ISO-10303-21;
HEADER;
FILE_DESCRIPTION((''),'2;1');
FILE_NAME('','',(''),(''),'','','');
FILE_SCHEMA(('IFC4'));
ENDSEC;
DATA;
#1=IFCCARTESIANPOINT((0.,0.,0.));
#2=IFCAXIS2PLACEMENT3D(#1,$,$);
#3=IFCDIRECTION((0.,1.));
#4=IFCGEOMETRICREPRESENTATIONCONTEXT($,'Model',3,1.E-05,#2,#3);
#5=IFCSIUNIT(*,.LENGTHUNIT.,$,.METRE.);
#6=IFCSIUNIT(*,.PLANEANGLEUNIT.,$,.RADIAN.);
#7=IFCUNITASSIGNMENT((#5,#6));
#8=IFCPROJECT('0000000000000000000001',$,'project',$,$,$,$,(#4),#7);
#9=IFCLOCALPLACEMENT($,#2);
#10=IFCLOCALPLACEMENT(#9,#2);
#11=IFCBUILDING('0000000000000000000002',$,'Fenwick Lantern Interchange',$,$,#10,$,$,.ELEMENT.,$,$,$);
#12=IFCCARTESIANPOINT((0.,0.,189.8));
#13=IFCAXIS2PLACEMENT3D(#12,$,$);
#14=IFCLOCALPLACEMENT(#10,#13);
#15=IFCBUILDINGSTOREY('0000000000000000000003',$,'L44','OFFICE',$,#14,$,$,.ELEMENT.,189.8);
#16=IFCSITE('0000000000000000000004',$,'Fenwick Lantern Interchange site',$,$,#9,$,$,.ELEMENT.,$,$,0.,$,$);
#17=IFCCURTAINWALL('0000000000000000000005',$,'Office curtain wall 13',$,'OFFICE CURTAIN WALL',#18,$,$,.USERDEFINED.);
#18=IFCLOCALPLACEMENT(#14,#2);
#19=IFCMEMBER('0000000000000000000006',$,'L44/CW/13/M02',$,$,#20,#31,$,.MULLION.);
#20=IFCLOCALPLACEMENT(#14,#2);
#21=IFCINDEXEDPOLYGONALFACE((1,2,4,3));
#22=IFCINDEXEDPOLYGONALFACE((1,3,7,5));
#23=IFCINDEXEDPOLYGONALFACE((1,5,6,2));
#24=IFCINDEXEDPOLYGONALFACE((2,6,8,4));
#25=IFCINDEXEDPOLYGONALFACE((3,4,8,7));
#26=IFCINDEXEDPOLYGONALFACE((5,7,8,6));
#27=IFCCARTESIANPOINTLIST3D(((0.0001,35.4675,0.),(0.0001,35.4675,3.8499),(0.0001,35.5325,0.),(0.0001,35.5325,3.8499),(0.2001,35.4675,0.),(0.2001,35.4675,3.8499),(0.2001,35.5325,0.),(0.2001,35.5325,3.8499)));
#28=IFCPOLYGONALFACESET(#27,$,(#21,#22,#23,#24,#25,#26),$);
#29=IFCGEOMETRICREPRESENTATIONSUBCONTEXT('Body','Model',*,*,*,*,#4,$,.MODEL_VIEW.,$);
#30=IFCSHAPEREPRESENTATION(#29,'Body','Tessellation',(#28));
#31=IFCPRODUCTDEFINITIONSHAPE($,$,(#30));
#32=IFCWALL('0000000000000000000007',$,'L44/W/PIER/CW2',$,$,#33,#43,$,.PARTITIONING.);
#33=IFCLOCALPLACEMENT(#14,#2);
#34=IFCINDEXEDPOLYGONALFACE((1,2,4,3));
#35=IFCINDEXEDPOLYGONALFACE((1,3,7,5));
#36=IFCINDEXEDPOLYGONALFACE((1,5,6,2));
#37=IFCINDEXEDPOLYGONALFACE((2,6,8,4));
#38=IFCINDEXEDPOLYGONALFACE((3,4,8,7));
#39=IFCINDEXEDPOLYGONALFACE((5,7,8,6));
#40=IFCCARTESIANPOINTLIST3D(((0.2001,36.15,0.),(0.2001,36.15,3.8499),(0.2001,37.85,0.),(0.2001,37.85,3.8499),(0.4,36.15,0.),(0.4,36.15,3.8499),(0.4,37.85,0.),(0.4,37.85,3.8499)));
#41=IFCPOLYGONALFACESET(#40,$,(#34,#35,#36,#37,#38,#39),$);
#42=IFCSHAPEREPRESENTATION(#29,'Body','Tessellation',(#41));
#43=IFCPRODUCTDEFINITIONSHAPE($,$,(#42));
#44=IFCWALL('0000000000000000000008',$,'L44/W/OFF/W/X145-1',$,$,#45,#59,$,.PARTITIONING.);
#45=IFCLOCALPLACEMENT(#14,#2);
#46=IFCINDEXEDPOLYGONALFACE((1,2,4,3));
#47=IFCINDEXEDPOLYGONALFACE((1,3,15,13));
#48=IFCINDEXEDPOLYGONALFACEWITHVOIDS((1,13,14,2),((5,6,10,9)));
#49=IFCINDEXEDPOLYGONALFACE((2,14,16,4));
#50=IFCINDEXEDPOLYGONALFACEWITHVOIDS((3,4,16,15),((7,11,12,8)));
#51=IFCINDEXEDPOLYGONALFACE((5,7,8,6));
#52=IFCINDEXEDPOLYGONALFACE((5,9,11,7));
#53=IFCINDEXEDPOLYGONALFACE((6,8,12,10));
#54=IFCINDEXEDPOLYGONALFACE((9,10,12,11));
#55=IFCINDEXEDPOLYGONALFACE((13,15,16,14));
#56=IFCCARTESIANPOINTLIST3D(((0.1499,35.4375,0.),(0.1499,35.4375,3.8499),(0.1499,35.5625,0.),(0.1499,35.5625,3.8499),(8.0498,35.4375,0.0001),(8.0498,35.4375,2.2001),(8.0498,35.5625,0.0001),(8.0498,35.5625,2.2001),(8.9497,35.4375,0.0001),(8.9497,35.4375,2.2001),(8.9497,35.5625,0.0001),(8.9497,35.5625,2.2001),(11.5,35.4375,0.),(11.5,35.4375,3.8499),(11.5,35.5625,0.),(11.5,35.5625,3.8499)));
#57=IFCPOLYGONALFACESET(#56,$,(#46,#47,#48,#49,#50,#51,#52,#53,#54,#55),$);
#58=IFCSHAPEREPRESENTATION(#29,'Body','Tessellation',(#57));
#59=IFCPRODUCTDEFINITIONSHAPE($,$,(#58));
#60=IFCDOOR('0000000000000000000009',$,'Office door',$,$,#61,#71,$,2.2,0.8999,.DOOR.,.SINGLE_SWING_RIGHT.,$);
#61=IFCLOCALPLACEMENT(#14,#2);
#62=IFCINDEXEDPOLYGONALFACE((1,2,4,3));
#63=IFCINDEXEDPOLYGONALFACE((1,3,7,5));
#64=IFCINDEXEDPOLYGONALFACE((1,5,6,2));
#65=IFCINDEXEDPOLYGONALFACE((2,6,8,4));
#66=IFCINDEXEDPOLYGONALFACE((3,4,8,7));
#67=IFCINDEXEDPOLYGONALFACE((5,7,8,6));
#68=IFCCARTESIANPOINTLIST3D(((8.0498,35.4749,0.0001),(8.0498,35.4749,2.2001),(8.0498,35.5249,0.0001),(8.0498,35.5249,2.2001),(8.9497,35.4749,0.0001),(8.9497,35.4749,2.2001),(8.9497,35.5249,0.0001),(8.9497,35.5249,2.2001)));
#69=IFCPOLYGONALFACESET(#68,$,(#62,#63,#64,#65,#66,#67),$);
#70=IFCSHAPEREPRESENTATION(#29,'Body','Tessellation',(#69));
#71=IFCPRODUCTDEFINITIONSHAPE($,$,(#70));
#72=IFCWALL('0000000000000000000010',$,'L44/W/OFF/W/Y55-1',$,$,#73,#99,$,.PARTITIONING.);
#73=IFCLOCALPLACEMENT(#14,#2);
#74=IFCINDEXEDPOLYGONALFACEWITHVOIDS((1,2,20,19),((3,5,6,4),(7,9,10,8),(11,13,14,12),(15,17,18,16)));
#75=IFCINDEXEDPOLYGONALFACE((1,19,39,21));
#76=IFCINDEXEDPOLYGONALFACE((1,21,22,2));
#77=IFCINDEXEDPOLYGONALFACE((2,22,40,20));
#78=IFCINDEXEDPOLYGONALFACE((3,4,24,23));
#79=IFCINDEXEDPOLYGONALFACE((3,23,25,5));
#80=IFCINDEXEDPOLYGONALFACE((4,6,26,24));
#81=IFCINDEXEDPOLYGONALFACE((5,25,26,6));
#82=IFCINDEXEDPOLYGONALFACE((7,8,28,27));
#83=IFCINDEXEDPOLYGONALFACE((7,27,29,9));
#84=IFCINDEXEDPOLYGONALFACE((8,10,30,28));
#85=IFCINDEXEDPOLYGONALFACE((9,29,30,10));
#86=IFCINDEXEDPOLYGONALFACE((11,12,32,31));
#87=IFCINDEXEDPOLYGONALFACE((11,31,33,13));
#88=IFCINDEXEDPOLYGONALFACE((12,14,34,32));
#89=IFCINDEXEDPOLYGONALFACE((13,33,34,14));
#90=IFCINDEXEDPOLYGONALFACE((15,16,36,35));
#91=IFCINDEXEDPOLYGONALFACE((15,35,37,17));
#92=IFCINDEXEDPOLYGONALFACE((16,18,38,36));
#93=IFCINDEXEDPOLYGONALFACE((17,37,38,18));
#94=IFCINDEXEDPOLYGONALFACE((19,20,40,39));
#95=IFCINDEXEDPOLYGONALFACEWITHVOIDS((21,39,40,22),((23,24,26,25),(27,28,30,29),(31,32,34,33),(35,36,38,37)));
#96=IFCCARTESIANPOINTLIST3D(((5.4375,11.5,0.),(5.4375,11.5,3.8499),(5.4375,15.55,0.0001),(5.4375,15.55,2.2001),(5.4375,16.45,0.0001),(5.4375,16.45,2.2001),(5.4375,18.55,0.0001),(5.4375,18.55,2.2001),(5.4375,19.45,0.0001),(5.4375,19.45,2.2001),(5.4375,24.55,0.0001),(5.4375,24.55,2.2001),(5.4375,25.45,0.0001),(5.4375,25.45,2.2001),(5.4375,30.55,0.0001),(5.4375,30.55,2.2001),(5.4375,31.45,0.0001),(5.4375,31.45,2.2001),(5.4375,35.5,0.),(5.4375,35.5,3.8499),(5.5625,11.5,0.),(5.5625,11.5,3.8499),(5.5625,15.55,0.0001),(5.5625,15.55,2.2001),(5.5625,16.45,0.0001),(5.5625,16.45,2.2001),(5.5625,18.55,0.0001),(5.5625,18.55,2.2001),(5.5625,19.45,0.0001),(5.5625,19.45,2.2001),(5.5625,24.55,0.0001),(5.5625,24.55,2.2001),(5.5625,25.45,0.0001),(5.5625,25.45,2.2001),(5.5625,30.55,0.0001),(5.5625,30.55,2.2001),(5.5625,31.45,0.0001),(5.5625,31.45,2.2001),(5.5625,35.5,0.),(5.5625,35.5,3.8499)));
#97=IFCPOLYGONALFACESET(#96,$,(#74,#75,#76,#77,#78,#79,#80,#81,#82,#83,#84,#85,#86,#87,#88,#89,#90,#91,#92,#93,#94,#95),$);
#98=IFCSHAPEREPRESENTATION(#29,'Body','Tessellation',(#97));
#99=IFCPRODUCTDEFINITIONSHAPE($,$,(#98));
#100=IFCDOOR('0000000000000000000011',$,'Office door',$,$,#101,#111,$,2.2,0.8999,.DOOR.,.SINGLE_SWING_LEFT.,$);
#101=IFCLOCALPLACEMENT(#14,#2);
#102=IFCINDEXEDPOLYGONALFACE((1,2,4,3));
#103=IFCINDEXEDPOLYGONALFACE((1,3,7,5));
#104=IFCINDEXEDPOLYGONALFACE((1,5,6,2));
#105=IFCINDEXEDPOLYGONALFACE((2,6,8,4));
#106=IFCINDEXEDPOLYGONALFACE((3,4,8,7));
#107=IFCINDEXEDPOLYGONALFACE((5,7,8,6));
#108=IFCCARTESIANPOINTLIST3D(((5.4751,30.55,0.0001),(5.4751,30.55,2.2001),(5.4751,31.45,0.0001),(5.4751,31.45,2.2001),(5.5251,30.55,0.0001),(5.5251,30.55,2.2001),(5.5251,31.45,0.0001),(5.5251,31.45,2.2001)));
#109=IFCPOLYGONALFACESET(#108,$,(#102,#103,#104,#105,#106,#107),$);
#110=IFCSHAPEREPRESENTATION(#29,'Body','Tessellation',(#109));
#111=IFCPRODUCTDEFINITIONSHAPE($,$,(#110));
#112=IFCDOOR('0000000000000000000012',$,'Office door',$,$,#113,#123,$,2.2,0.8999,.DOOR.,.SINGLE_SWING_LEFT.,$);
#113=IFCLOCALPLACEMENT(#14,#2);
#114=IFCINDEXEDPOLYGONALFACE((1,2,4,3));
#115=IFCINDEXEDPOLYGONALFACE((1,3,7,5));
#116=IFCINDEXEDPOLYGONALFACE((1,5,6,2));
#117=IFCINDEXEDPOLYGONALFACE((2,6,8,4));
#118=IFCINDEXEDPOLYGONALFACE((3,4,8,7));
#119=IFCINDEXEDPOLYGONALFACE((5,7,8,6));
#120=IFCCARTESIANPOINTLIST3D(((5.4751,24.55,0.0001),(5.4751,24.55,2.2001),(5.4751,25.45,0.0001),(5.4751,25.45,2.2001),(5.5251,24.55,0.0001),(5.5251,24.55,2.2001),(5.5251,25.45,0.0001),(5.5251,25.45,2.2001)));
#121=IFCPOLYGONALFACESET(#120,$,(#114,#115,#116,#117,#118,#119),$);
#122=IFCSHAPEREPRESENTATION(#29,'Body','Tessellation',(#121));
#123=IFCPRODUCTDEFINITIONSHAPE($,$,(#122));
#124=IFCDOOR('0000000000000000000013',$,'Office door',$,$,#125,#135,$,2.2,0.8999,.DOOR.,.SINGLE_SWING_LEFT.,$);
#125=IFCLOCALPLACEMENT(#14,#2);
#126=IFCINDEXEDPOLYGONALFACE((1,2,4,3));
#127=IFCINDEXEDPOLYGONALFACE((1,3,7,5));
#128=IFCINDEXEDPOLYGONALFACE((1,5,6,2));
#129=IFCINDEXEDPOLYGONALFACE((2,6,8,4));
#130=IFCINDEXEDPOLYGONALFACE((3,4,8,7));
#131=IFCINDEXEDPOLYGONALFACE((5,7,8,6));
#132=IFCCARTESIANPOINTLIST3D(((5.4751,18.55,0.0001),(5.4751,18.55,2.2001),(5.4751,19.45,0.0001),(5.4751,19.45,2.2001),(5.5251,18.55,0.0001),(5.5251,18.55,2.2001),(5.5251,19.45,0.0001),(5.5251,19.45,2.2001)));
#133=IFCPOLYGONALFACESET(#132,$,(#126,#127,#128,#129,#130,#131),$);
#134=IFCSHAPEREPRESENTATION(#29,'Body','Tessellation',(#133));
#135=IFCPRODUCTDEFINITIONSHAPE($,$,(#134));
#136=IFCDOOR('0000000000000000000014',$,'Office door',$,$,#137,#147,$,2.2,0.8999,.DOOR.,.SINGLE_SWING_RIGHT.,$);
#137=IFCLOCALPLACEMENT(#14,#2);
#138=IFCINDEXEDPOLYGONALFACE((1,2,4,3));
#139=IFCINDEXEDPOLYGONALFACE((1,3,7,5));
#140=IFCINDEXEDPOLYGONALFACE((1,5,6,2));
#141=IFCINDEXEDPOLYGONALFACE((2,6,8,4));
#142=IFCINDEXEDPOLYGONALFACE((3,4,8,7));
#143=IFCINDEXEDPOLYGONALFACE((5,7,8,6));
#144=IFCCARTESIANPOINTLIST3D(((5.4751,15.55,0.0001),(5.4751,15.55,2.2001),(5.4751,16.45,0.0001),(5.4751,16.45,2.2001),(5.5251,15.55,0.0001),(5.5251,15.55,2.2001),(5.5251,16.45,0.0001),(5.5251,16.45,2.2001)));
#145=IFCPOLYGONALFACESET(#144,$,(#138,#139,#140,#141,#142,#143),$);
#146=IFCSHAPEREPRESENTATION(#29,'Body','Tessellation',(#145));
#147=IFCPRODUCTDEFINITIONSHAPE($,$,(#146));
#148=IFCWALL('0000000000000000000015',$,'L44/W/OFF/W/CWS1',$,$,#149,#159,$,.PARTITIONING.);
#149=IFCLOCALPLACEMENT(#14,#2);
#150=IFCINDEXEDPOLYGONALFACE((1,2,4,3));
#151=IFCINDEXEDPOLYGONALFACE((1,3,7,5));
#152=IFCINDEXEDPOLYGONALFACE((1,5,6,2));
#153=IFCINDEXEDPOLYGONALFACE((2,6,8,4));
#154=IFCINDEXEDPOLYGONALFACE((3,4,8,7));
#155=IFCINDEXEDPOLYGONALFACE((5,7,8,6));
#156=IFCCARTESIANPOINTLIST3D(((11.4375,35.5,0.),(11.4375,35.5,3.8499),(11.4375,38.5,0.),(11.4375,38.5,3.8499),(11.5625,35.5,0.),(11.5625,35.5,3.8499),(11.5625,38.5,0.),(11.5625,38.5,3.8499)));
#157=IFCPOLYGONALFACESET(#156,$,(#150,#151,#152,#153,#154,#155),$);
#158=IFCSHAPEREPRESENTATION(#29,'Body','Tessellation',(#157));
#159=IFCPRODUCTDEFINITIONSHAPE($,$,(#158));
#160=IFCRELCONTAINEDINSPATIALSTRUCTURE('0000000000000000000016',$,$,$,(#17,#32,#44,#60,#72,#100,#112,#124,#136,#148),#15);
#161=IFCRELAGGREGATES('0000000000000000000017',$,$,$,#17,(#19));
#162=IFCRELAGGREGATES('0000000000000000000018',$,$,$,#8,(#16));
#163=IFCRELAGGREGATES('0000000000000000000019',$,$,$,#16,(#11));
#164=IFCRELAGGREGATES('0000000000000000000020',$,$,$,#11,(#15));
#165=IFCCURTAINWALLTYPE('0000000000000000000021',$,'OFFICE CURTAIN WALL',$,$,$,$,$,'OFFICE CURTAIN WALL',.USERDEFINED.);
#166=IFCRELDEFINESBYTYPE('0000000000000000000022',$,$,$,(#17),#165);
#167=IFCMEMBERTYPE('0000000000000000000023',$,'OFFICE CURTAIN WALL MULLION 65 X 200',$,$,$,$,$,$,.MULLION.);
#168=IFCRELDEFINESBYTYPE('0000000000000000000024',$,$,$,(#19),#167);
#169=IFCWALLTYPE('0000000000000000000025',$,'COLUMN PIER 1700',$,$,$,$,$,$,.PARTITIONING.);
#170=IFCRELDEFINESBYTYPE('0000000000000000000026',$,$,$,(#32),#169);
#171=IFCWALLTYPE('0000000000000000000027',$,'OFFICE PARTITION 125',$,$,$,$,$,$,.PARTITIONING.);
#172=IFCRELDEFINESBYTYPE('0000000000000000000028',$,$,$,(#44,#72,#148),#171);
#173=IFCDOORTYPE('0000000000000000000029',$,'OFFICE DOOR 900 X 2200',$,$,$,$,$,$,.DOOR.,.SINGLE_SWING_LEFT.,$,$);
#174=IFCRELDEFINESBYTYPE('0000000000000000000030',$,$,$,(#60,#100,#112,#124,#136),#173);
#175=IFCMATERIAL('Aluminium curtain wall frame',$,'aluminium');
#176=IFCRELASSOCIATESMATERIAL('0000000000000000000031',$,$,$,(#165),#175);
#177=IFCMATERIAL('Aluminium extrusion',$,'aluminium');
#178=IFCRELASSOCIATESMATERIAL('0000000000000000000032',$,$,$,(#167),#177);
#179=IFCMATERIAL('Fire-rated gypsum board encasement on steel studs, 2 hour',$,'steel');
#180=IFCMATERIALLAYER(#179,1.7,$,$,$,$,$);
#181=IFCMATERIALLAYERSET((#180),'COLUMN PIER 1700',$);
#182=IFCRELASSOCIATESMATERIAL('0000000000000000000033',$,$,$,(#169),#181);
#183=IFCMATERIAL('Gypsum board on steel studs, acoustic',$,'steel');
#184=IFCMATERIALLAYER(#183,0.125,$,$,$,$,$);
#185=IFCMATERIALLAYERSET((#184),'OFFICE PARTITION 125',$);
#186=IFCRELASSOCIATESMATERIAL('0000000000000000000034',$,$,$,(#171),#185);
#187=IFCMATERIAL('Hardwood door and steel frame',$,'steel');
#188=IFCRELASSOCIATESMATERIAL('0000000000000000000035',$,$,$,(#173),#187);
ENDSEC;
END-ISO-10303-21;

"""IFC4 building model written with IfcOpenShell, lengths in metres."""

from ifc_helpers import new_model, si_unit, direction, frame, frame_2d, origin, origin_2d, place, context, subcontext, project, spatial, rectangle, extrude, material, layer, layer_set, material_profile, profile_set, type_object, element, fill, aggregate, save


model = new_model("IFC4")

# Units and contexts
model_context = context("Model", 3, precision=1e-05, world=origin(), true_north=direction((0.0, 1.0)))
body_context = subcontext(model_context, "Body", "Model", "MODEL_VIEW")
ifc_project = project(units=[si_unit("LENGTHUNIT", "METRE"), si_unit("PLANEANGLEUNIT", "RADIAN")], contexts=[model_context])

# Site, building, storey
site_placement = place(None, origin())
site = spatial("IfcSite", under=ifc_project, at=site_placement, Name="Fenwick Lantern Interchange site", CompositionType="ELEMENT", RefElevation=0.0)
building_placement = place(site_placement, origin())
building = spatial("IfcBuilding", under=site, at=building_placement, Name="Fenwick Lantern Interchange", CompositionType="ELEMENT")
storey_placement = place(building_placement, frame((0.0, 0.0, 189.8)))
storey = spatial("IfcBuildingStorey", under=building, at=storey_placement, Name="L44", Description="OFFICE", CompositionType="ELEMENT", Elevation=189.8)

# Curtain wall, member
ifc_material_1 = material(Name="Aluminium curtain wall frame", Category="aluminium")
curtain_wall_type = type_object("IfcCurtainWallType", Name="OFFICE CURTAIN WALL", ElementType="OFFICE CURTAIN WALL", PredefinedType="USERDEFINED", material=ifc_material_1)
curtain_wall_placement = place(storey_placement, origin())
curtain_wall = element("IfcCurtainWall", 1, at=curtain_wall_placement, inside=storey, type_object=curtain_wall_type, Name="Office curtain wall 13", ObjectType="OFFICE CURTAIN WALL", PredefinedType="USERDEFINED")
ifc_material_2 = material(Name="Aluminium extrusion", Category="aluminium")
ifc_material_profile_1 = material_profile(ifc_material_2, rectangle(XDim=0.2, YDim=0.0649, at=origin_2d()), Name="OFFICE CURTAIN WALL MULLION 65 X 200")
ifc_profile_set_1 = profile_set([ifc_material_profile_1], Name="Aluminium extrusion")
member_type = type_object("IfcMemberType", Name="OFFICE CURTAIN WALL MULLION 65 X 200", PredefinedType="MULLION", material=ifc_profile_set_1)
member_placement = place(storey_placement, frame((0.1001, 35.5, 0.0), z_axis=(0.0, 0.0, 1.0), x_axis=(1.0, 0.0, 0.0)))
member = element("IfcMember", 2, at=member_placement, type_object=member_type, Name="L44/CW/13/M02", PredefinedType="MULLION", context=body_context, shape_type="SweptSolid", body=[
    extrude(rectangle(XDim=0.2, YDim=0.0649, at=origin_2d()), origin(), (0.0, 0.0, 1.0), 3.8499),
])
aggregate(curtain_wall, [member])

# Wall
ifc_material_3 = material(Name="Fire-rated gypsum board encasement on steel studs, 2 hour", Category="steel")
ifc_layer_1 = layer(ifc_material_3, 1.7)
ifc_layer_set_1 = layer_set([ifc_layer_1], Name="COLUMN PIER 1700")
wall_type_1 = type_object("IfcWallType", Name="COLUMN PIER 1700", PredefinedType="PARTITIONING", material=ifc_layer_set_1)
wall_1_placement = place(storey_placement, frame((0.2, 37.0, 0.0), z_axis=(0.0, 0.0, 1.0), x_axis=(1.0, 0.0, 0.0)))
element("IfcWall", 3, at=wall_1_placement, inside=storey, type_object=wall_type_1, Name="L44/W/PIER/CW2", PredefinedType="PARTITIONING", context=body_context, shape_type="SweptSolid", body=[
    extrude(rectangle(XDim=0.2, YDim=1.7, at=frame_2d((0.1001, 0.0))), origin(), (0.0, 0.0, 1.0), 3.8499),
])

# Shared definitions
ifc_material_4 = material(Name="Hardwood door and steel frame", Category="steel")

# Wall, opening, door
ifc_material_5 = material(Name="Gypsum board on steel studs, acoustic", Category="steel")
ifc_layer_2 = layer(ifc_material_5, 0.125)
ifc_layer_set_2 = layer_set([ifc_layer_2], Name="OFFICE PARTITION 125")
wall_type_2 = type_object("IfcWallType", Name="OFFICE PARTITION 125", PredefinedType="PARTITIONING", material=ifc_layer_set_2)
wall_2_placement = place(storey_placement, frame((0.1499, 35.5, 0.0), z_axis=(0.0, 0.0, 1.0), x_axis=(1.0, 0.0, 0.0)))
wall_2 = element("IfcWall", 4, at=wall_2_placement, inside=storey, type_object=wall_type_2, Name="L44/W/OFF/W/X145-1", PredefinedType="PARTITIONING", context=body_context, shape_type="SweptSolid", body=[
    extrude(rectangle(XDim=11.3501, YDim=0.125, at=frame_2d((5.675, 0.0))), origin(), (0.0, 0.0, 1.0), 3.8499),
])
opening_1_placement = place(wall_2_placement, frame((7.8999, 0.0, 0.0)))
opening_1 = element("IfcOpeningElement", 5, at=opening_1_placement, cuts=wall_2, PredefinedType="OPENING", context=body_context, shape_type="SweptSolid", body=[
    extrude(rectangle(XDim=0.8999, YDim=2.2, at=frame_2d((0.45, 1.1001))), frame((0.0, 0.0725, 0.0), z_axis=(0.0, -1.0, 0.0), x_axis=(1.0, 0.0, 0.0)), (0.0, 0.0, 1.0), 0.145),
])
door_type_1 = type_object("IfcDoorType", Name="OFFICE DOOR 900 X 2200", OperationType="SINGLE_SWING_LEFT", PredefinedType="DOOR", material=ifc_material_4)
door_1_placement = place(opening_1_placement, origin())
door_1 = element("IfcDoor", 6, at=door_1_placement, inside=storey, type_object=door_type_1, Name="Office door", OperationType="SINGLE_SWING_RIGHT", OverallHeight=2.2, OverallWidth=0.8999, PredefinedType="DOOR", context=body_context, shape_type="SweptSolid", body=[
    extrude(rectangle(XDim=0.8999, YDim=2.2, at=frame_2d((0.45, 1.1001))), frame((0.0, 0.0249, 0.0), z_axis=(0.0, -1.0, 0.0), x_axis=(1.0, 0.0, 0.0)), (0.0, 0.0, 1.0), 0.05),
])
fill(opening_1, door_1)

# Wall, openings, doors
wall_3_placement = place(storey_placement, frame((5.5, 35.5, 0.0), z_axis=(0.0, 0.0, 1.0), x_axis=(0.0, -1.0, 0.0)))
wall_3 = element("IfcWall", 7, at=wall_3_placement, inside=storey, type_object=wall_type_2, Name="L44/W/OFF/W/Y55-1", PredefinedType="PARTITIONING", context=body_context, shape_type="SweptSolid", body=[
    extrude(rectangle(XDim=24.0, YDim=0.125, at=frame_2d((12.0, 0.0))), origin(), (0.0, 0.0, 1.0), 3.8499),
])
opening_2_placement = place(wall_3_placement, frame((4.05, 0.0, 0.0)))
opening_2 = element("IfcOpeningElement", 8, at=opening_2_placement, cuts=wall_3, PredefinedType="OPENING", context=body_context, shape_type="SweptSolid", body=[
    extrude(rectangle(XDim=0.8999, YDim=2.2, at=frame_2d((0.45, 1.1001))), frame((0.0, 0.0725, 0.0), z_axis=(0.0, -1.0, 0.0), x_axis=(1.0, 0.0, 0.0)), (0.0, 0.0, 1.0), 0.145),
])
opening_3_placement = place(wall_3_placement, frame((10.05, 0.0, 0.0)))
opening_3 = element("IfcOpeningElement", 9, at=opening_3_placement, cuts=wall_3, PredefinedType="OPENING", context=body_context, shape_type="SweptSolid", body=[
    extrude(rectangle(XDim=0.8999, YDim=2.2, at=frame_2d((0.45, 1.1001))), frame((0.0, 0.0725, 0.0), z_axis=(0.0, -1.0, 0.0), x_axis=(1.0, 0.0, 0.0)), (0.0, 0.0, 1.0), 0.145),
])
opening_4_placement = place(wall_3_placement, frame((16.05, 0.0, 0.0)))
opening_4 = element("IfcOpeningElement", 10, at=opening_4_placement, cuts=wall_3, PredefinedType="OPENING", context=body_context, shape_type="SweptSolid", body=[
    extrude(rectangle(XDim=0.8999, YDim=2.2, at=frame_2d((0.45, 1.1001))), frame((0.0, 0.0725, 0.0), z_axis=(0.0, -1.0, 0.0), x_axis=(1.0, 0.0, 0.0)), (0.0, 0.0, 1.0), 0.145),
])
opening_5_placement = place(wall_3_placement, frame((19.05, 0.0, 0.0)))
opening_5 = element("IfcOpeningElement", 11, at=opening_5_placement, cuts=wall_3, PredefinedType="OPENING", context=body_context, shape_type="SweptSolid", body=[
    extrude(rectangle(XDim=0.8999, YDim=2.2, at=frame_2d((0.45, 1.1001))), frame((0.0, 0.0725, 0.0), z_axis=(0.0, -1.0, 0.0), x_axis=(1.0, 0.0, 0.0)), (0.0, 0.0, 1.0), 0.145),
])
door_2_placement = place(opening_2_placement, frame((0.8999, 0.0, 0.0), z_axis=(0.0, 0.0, 1.0), x_axis=(-1.0, 0.0, 0.0)))
door_2 = element("IfcDoor", 12, at=door_2_placement, inside=storey, type_object=door_type_1, Name="Office door", OperationType="SINGLE_SWING_LEFT", OverallHeight=2.2, OverallWidth=0.8999, PredefinedType="DOOR", context=body_context, shape_type="SweptSolid", body=[
    extrude(rectangle(XDim=0.8999, YDim=2.2, at=frame_2d((0.45, 1.1001))), frame((0.0, 0.0249, 0.0), z_axis=(0.0, -1.0, 0.0), x_axis=(1.0, 0.0, 0.0)), (0.0, 0.0, 1.0), 0.05),
])
fill(opening_2, door_2)
door_3_placement = place(opening_3_placement, frame((0.8999, 0.0, 0.0), z_axis=(0.0, 0.0, 1.0), x_axis=(-1.0, 0.0, 0.0)))
door_3 = element("IfcDoor", 13, at=door_3_placement, inside=storey, type_object=door_type_1, Name="Office door", OperationType="SINGLE_SWING_LEFT", OverallHeight=2.2, OverallWidth=0.8999, PredefinedType="DOOR", context=body_context, shape_type="SweptSolid", body=[
    extrude(rectangle(XDim=0.8999, YDim=2.2, at=frame_2d((0.45, 1.1001))), frame((0.0, 0.0249, 0.0), z_axis=(0.0, -1.0, 0.0), x_axis=(1.0, 0.0, 0.0)), (0.0, 0.0, 1.0), 0.05),
])
fill(opening_3, door_3)
door_4_placement = place(opening_4_placement, frame((0.8999, 0.0, 0.0), z_axis=(0.0, 0.0, 1.0), x_axis=(-1.0, 0.0, 0.0)))
door_4 = element("IfcDoor", 14, at=door_4_placement, inside=storey, type_object=door_type_1, Name="Office door", OperationType="SINGLE_SWING_LEFT", OverallHeight=2.2, OverallWidth=0.8999, PredefinedType="DOOR", context=body_context, shape_type="SweptSolid", body=[
    extrude(rectangle(XDim=0.8999, YDim=2.2, at=frame_2d((0.45, 1.1001))), frame((0.0, 0.0249, 0.0), z_axis=(0.0, -1.0, 0.0), x_axis=(1.0, 0.0, 0.0)), (0.0, 0.0, 1.0), 0.05),
])
fill(opening_4, door_4)
door_5_placement = place(opening_5_placement, frame((0.8999, 0.0, 0.0), z_axis=(0.0, 0.0, 1.0), x_axis=(-1.0, 0.0, 0.0)))
door_5 = element("IfcDoor", 15, at=door_5_placement, inside=storey, type_object=door_type_1, Name="Office door", OperationType="SINGLE_SWING_RIGHT", OverallHeight=2.2, OverallWidth=0.8999, PredefinedType="DOOR", context=body_context, shape_type="SweptSolid", body=[
    extrude(rectangle(XDim=0.8999, YDim=2.2, at=frame_2d((0.45, 1.1001))), frame((0.0, 0.0249, 0.0), z_axis=(0.0, -1.0, 0.0), x_axis=(1.0, 0.0, 0.0)), (0.0, 0.0, 1.0), 0.05),
])
fill(opening_5, door_5)

# Wall
wall_4_placement = place(storey_placement, frame((11.5, 38.5, 0.0), z_axis=(0.0, 0.0, 1.0), x_axis=(0.0, -1.0, 0.0)))
element("IfcWall", 16, at=wall_4_placement, inside=storey, type_object=wall_type_2, Name="L44/W/OFF/W/CWS1", PredefinedType="PARTITIONING", context=body_context, shape_type="SweptSolid", body=[
    extrude(rectangle(XDim=3.0, YDim=0.125, at=frame_2d((1.5, 0.0))), origin(), (0.0, 0.0, 1.0), 3.8499),
])

save(model, "model.ifc")
